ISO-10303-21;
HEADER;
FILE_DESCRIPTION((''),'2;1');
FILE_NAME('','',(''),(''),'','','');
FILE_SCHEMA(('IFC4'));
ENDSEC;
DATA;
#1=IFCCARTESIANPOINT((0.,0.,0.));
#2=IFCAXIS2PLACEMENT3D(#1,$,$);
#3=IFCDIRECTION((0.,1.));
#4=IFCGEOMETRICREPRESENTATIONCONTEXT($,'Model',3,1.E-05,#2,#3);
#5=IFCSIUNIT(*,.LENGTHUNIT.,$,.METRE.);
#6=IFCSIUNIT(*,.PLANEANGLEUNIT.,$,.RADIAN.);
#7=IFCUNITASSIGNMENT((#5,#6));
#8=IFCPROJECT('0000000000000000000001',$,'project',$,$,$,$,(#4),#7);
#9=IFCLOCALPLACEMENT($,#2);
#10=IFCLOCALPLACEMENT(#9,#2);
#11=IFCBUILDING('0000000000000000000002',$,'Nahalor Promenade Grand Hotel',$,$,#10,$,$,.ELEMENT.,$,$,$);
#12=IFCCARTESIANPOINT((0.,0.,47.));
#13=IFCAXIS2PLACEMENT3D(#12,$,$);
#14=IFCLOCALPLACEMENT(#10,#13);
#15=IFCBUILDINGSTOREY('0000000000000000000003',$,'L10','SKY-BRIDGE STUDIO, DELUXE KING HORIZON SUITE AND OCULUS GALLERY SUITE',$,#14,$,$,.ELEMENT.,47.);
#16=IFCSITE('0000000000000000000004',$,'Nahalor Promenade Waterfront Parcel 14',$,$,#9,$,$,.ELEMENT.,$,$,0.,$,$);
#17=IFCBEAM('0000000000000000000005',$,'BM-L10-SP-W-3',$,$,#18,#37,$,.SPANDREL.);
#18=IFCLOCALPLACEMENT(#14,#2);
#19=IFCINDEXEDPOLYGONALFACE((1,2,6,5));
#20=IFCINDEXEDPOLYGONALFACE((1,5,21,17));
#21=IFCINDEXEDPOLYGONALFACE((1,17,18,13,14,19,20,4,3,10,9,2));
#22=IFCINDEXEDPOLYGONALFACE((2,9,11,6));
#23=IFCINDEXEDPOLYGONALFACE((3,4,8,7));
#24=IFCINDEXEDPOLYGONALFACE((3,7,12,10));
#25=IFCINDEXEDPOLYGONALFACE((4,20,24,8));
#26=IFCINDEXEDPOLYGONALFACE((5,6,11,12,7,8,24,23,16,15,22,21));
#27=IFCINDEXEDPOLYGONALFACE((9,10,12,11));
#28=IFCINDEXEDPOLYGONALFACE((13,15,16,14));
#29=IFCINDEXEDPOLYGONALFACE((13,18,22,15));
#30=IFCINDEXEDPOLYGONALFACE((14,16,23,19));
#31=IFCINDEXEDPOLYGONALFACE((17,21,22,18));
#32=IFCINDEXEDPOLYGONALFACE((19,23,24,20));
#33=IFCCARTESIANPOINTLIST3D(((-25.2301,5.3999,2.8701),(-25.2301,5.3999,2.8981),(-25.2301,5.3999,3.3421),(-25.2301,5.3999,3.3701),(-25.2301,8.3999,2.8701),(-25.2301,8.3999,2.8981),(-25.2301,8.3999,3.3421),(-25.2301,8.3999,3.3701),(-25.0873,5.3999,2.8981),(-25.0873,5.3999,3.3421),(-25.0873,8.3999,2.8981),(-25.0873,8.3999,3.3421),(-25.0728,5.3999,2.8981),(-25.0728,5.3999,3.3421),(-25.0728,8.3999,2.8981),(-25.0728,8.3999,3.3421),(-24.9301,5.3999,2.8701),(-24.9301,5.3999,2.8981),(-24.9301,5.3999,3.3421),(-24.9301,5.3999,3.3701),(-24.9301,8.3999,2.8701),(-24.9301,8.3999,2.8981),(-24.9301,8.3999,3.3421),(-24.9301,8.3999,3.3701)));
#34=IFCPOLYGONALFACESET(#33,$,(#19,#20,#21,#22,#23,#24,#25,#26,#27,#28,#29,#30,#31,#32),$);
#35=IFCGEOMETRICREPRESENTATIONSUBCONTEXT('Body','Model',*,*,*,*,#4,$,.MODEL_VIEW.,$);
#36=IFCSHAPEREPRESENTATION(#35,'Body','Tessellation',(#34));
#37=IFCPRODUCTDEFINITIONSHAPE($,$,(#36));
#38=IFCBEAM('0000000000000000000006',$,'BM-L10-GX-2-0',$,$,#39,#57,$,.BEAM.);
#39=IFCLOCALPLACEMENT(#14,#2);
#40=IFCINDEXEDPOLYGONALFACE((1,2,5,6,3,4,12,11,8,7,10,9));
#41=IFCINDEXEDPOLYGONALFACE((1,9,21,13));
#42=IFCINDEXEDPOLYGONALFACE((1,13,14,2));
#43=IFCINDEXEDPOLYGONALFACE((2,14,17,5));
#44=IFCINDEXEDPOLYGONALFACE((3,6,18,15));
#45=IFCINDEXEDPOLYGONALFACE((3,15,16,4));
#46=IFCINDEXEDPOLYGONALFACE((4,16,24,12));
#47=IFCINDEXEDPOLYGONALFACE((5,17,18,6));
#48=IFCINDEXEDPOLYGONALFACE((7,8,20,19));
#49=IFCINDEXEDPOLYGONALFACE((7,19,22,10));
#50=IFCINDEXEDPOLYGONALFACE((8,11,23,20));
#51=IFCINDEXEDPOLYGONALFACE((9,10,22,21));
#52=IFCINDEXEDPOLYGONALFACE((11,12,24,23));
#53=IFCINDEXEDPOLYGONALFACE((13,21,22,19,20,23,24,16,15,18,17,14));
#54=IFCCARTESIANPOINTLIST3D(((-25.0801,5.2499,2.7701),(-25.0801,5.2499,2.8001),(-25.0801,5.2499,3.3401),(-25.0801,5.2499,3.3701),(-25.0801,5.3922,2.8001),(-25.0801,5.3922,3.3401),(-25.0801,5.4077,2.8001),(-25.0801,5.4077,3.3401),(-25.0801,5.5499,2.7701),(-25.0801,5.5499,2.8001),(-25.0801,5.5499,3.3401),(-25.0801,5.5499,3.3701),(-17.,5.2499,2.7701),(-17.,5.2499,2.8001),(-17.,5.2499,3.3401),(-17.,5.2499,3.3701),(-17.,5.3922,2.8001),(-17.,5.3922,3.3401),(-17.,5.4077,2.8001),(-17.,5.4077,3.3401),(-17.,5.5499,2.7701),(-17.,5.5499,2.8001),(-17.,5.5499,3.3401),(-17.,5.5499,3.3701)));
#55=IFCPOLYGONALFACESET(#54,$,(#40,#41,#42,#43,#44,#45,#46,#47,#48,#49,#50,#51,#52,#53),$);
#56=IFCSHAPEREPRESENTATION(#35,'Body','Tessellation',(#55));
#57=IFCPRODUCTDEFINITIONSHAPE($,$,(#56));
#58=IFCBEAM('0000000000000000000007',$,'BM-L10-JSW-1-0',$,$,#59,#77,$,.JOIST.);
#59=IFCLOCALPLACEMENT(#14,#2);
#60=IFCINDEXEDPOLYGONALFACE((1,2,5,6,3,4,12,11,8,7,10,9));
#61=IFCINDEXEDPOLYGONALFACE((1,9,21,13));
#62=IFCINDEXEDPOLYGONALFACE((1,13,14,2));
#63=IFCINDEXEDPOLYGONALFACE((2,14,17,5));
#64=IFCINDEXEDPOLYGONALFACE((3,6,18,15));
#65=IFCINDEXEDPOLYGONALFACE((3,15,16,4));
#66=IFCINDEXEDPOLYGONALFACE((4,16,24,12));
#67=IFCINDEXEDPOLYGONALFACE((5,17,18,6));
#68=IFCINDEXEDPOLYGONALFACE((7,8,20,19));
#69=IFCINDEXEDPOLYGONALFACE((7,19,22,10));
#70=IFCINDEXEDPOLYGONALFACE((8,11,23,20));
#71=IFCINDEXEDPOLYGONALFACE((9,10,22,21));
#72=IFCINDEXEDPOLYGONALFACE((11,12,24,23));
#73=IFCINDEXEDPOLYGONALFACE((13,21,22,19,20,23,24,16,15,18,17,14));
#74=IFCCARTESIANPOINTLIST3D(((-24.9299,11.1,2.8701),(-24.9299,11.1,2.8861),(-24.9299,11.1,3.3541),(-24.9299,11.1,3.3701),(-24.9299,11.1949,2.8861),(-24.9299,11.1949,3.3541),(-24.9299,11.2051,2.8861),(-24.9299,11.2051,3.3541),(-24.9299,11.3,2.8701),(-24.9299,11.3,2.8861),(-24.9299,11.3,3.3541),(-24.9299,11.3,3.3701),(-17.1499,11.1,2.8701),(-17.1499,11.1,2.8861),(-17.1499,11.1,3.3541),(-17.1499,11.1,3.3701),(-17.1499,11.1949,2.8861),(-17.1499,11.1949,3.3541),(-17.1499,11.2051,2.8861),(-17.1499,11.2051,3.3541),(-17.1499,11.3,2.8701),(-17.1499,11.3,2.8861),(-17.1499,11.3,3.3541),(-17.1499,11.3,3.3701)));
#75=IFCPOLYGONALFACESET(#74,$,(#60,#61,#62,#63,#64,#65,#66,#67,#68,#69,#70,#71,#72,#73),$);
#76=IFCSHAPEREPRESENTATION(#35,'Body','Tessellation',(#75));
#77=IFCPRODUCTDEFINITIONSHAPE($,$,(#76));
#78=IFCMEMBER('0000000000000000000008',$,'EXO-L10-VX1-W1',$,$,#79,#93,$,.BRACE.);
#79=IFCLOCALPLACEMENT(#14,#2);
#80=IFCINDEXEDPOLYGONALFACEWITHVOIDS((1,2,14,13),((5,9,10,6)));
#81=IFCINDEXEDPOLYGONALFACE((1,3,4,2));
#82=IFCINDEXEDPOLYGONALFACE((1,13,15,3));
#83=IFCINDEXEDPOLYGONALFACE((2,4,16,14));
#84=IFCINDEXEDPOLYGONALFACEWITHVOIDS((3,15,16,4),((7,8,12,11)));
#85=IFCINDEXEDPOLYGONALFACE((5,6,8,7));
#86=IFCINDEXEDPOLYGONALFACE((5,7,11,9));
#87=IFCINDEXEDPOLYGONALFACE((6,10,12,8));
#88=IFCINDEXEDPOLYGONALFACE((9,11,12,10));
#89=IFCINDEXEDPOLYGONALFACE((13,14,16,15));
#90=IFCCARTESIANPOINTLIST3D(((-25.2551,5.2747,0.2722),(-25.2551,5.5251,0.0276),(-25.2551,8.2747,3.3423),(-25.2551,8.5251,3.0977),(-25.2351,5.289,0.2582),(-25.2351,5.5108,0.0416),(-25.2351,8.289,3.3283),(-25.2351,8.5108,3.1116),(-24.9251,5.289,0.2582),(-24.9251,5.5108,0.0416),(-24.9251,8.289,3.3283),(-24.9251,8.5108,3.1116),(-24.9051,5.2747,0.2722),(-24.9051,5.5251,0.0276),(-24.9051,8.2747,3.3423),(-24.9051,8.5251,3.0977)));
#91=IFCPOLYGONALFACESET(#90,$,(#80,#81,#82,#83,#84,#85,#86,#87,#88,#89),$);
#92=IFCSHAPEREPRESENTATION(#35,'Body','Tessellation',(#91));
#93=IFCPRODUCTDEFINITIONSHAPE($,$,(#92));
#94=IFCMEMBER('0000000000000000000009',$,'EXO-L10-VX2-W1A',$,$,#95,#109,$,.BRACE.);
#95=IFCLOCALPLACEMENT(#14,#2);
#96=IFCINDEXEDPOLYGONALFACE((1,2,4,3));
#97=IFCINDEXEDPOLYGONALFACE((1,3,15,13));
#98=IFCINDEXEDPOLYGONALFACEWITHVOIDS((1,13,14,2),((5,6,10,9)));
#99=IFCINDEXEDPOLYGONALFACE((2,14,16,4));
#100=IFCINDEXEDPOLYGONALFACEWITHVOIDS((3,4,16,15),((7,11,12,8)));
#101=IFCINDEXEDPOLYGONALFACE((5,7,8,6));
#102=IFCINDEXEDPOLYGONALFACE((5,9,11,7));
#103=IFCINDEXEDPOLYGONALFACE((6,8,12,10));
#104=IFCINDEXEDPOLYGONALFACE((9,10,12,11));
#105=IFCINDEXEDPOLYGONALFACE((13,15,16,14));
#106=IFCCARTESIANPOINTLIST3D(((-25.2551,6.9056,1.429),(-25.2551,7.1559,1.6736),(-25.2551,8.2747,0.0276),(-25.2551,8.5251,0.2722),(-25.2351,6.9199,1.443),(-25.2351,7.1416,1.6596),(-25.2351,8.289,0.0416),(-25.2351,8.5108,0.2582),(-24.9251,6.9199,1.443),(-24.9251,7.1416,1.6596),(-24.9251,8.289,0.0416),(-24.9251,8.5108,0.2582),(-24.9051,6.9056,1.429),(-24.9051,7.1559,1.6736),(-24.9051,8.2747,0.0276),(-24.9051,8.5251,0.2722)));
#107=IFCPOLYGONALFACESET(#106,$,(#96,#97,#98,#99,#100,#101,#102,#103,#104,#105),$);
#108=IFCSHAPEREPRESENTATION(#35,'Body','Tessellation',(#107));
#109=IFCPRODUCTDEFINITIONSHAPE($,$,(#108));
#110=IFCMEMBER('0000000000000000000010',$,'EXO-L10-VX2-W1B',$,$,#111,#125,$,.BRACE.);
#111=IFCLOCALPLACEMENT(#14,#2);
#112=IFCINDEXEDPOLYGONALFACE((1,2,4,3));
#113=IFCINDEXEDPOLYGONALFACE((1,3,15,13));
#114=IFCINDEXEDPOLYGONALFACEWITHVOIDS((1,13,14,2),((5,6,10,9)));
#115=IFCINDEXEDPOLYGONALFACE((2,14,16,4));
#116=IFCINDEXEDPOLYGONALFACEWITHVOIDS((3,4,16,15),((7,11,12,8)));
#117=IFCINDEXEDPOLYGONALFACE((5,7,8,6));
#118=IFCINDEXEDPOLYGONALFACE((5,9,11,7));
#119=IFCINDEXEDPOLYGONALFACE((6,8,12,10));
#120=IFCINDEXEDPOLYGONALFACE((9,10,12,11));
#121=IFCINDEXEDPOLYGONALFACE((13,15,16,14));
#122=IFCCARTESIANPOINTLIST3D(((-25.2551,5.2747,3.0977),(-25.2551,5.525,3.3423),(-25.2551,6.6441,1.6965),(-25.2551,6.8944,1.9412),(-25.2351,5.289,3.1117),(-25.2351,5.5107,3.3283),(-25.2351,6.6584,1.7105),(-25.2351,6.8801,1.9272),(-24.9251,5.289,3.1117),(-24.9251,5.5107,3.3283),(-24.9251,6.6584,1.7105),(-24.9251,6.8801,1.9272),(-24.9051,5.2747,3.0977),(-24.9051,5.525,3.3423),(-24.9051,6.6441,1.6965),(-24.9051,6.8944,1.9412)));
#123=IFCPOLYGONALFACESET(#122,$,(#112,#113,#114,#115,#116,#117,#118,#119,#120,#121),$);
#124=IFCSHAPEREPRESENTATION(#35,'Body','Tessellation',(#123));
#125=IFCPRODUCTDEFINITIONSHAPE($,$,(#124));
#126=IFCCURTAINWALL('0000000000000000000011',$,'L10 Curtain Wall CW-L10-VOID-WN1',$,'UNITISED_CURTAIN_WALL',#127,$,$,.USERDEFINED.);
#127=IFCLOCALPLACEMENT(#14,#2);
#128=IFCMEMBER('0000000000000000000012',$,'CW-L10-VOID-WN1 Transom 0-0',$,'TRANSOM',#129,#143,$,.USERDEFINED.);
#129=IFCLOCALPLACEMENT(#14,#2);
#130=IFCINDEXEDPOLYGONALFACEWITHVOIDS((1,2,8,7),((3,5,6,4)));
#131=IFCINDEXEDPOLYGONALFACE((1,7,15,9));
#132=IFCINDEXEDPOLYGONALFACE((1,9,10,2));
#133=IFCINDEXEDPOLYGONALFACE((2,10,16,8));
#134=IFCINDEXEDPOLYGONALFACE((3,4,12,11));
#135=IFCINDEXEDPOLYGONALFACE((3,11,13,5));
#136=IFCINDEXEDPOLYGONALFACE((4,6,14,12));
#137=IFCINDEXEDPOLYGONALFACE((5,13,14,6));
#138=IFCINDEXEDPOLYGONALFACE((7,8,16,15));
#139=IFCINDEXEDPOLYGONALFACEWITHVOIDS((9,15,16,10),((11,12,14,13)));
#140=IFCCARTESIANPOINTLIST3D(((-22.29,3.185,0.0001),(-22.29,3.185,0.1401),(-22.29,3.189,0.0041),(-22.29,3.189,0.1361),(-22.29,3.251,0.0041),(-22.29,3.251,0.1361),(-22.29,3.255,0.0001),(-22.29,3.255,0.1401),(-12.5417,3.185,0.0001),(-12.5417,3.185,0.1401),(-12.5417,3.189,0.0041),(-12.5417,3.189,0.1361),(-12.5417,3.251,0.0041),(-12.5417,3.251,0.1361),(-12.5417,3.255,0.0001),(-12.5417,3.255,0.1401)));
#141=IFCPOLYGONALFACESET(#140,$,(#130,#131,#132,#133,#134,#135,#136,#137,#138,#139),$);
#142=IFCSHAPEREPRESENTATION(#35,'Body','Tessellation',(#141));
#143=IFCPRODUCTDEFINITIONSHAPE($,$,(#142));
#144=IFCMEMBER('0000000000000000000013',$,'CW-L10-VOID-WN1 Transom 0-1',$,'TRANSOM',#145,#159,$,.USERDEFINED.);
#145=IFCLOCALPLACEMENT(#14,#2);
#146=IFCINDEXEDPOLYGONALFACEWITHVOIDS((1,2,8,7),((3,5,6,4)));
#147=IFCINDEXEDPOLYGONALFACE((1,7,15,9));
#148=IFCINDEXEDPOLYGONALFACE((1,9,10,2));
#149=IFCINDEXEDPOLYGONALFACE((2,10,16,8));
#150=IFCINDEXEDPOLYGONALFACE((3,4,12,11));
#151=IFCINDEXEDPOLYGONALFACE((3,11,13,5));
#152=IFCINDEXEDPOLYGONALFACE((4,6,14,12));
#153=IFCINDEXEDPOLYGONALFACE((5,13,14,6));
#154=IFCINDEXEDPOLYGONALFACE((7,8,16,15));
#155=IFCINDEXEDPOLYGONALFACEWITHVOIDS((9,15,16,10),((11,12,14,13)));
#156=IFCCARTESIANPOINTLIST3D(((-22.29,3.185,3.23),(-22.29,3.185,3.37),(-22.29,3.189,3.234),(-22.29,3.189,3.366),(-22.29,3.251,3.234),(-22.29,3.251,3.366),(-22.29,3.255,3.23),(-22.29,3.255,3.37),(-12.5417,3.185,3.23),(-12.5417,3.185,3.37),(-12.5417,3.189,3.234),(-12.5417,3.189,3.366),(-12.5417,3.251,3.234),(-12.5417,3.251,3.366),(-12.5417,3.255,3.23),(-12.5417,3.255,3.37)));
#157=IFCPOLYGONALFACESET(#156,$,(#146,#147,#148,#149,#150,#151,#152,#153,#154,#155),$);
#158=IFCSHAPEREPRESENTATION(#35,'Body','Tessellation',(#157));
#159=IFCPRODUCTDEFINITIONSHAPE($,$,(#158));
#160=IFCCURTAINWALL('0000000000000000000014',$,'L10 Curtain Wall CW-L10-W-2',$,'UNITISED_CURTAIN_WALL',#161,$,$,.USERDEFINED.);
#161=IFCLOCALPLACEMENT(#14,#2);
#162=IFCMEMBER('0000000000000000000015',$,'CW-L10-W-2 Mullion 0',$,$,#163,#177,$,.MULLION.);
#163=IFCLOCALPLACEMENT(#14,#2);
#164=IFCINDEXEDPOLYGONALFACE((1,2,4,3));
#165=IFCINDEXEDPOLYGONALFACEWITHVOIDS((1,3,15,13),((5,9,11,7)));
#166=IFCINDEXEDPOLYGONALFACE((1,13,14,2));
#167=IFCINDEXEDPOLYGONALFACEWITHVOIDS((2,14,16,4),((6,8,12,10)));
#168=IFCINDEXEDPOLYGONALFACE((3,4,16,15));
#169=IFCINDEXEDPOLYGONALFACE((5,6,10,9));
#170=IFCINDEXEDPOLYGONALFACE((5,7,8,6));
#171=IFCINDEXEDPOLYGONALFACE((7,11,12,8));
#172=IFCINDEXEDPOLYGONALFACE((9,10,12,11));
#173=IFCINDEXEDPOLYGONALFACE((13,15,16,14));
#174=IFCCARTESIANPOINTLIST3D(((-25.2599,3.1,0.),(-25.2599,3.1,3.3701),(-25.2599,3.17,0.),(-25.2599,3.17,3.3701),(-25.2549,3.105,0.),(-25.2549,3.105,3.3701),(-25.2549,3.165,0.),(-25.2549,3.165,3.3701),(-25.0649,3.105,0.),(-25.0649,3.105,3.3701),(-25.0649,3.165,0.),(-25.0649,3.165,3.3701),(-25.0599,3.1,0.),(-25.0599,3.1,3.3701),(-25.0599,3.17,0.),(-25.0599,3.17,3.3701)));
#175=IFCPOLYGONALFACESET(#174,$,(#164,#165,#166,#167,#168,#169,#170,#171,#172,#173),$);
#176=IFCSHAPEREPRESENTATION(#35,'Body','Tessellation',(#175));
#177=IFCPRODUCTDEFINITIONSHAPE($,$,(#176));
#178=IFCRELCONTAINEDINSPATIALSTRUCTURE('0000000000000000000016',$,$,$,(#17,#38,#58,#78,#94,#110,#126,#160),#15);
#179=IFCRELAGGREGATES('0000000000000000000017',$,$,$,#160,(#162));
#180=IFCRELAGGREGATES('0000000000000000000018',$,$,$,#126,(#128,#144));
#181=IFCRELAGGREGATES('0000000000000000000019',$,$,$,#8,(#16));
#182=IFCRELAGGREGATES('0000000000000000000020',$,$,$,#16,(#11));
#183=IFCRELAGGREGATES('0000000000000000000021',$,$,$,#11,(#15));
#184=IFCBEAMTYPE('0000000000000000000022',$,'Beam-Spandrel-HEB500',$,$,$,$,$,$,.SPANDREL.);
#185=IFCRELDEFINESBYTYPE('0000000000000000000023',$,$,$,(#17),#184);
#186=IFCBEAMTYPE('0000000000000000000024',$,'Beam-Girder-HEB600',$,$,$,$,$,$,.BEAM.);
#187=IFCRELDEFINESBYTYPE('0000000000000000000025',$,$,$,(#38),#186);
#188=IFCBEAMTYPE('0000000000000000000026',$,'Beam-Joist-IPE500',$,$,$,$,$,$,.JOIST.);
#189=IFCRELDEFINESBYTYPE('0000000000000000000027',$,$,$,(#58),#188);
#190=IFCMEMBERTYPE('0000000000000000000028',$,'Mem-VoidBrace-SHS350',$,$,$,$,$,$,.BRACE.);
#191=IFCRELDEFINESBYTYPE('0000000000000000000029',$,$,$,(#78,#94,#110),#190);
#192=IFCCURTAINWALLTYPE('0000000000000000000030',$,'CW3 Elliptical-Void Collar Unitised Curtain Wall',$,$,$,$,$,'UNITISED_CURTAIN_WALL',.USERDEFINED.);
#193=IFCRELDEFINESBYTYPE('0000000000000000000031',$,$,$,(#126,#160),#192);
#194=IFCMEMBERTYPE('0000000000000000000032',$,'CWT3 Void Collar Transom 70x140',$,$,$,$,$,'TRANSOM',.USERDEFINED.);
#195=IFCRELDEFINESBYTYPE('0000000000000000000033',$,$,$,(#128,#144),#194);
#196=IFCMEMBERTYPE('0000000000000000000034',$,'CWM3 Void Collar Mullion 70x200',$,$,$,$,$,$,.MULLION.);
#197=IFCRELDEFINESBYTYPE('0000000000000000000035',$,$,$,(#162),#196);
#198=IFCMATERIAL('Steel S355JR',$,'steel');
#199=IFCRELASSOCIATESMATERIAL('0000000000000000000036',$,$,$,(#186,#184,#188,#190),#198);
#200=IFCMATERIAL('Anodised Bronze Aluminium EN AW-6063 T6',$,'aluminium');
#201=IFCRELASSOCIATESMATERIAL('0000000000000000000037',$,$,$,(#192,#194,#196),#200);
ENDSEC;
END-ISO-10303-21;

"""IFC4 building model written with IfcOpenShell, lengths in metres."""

from ifc_helpers import new_model, si_unit, direction, frame, origin, origin_2d, place, context, subcontext, project, spatial, hollow_rectangle, i_section, extrude, source, transform, mapped, material, material_profile, profile_set, type_object, element, aggregate, save


model = new_model("IFC4")

# Units and contexts
model_context = context("Model", 3, precision=1e-05, world=origin(), true_north=direction((0.0, 1.0)))
body_context = subcontext(model_context, "Body", "Model", "MODEL_VIEW")
ifc_project = project(units=[si_unit("LENGTHUNIT", "METRE"), si_unit("PLANEANGLEUNIT", "RADIAN")], contexts=[model_context])

# Site, building, storey
site_placement = place(None, origin())
site = spatial("IfcSite", under=ifc_project, at=site_placement, Name="Nahalor Promenade Waterfront Parcel 14", CompositionType="ELEMENT", RefElevation=0.0)
building_placement = place(site_placement, origin())
building = spatial("IfcBuilding", under=site, at=building_placement, Name="Nahalor Promenade Grand Hotel", CompositionType="ELEMENT")
storey_placement = place(building_placement, frame((0.0, 0.0, 47.0)))
storey = spatial("IfcBuildingStorey", under=building, at=storey_placement, Name="L10", Description="SKY-BRIDGE STUDIO, DELUXE KING HORIZON SUITE AND OCULUS GALLERY SUITE", CompositionType="ELEMENT", Elevation=47.0)

# Beams
ifc_material_1 = material(Name="Steel S355JR", Category="steel")
ifc_material_profile_1 = material_profile(ifc_material_1, i_section(OverallWidth=0.3, OverallDepth=0.6, WebThickness=0.0155, FlangeThickness=0.03, at=origin_2d()), Name="HEB 600")
ifc_profile_set_1 = profile_set([ifc_material_profile_1], Name="Steel S355JR")
beam_type_1 = type_object("IfcBeamType", Name="Beam-Girder-HEB600", PredefinedType="BEAM", material=ifc_profile_set_1)
ifc_material_profile_2 = material_profile(ifc_material_1, i_section(OverallWidth=0.3, OverallDepth=0.5, WebThickness=0.0145, FlangeThickness=0.028, at=origin_2d()), Name="HEB 500")
ifc_profile_set_2 = profile_set([ifc_material_profile_2], Name="Steel S355JR")
beam_type_2 = type_object("IfcBeamType", Name="Beam-Spandrel-HEB500", PredefinedType="SPANDREL", material=ifc_profile_set_2)
shared_shape_1 = source(origin(), body_context, "Body", "SweptSolid", [
    extrude(i_section(OverallWidth=0.3, OverallDepth=0.5, WebThickness=0.0145, FlangeThickness=0.028, at=origin_2d()), origin(), (0.0, 0.0, 1.0), 3.0),
])
beam_1_placement = place(storey_placement, frame((-25.0801, 5.3999, 3.1201), z_axis=(0.0, 1.0, 0.0), x_axis=(-1.0, 0.0, 0.0)))
element("IfcBeam", 1, at=beam_1_placement, inside=storey, type_object=beam_type_2, Name="BM-L10-SP-W-3", PredefinedType="SPANDREL", context=body_context, shape_type="MappedRepresentation", body=[
    mapped(shared_shape_1, transform((0.0, 0.0, 0.0), scale=1.0)),
])
shared_shape_2 = source(origin(), body_context, "Body", "SweptSolid", [
    extrude(i_section(OverallWidth=0.3, OverallDepth=0.6, WebThickness=0.0155, FlangeThickness=0.03, at=origin_2d()), origin(), (0.0, 0.0, 1.0), 8.0801),
])
beam_2_placement = place(storey_placement, frame((-25.0801, 5.3999, 3.0701), z_axis=(1.0, 0.0, 0.0), x_axis=(0.0, 1.0, 0.0)))
element("IfcBeam", 2, at=beam_2_placement, inside=storey, type_object=beam_type_1, Name="BM-L10-GX-2-0", PredefinedType="BEAM", context=body_context, shape_type="MappedRepresentation", body=[
    mapped(shared_shape_2, transform((0.0, 0.0, 0.0), scale=1.0)),
])
ifc_material_profile_3 = material_profile(ifc_material_1, i_section(OverallWidth=0.2, OverallDepth=0.5, WebThickness=0.0102, FlangeThickness=0.016, at=origin_2d()), Name="IPE 500")
ifc_profile_set_3 = profile_set([ifc_material_profile_3], Name="Steel S355JR")
beam_type_3 = type_object("IfcBeamType", Name="Beam-Joist-IPE500", PredefinedType="JOIST", material=ifc_profile_set_3)
shared_shape_3 = source(origin(), body_context, "Body", "SweptSolid", [
    extrude(i_section(OverallWidth=0.2, OverallDepth=0.5, WebThickness=0.0102, FlangeThickness=0.016, at=origin_2d()), origin(), (0.0, 0.0, 1.0), 7.78),
])
beam_3_placement = place(storey_placement, frame((-24.9299, 11.2, 3.1201), z_axis=(1.0, 0.0, 0.0), x_axis=(0.0, 1.0, 0.0)))
element("IfcBeam", 3, at=beam_3_placement, inside=storey, type_object=beam_type_3, Name="BM-L10-JSW-1-0", PredefinedType="JOIST", context=body_context, shape_type="MappedRepresentation", body=[
    mapped(shared_shape_3, transform((0.0, 0.0, 0.0), scale=1.0)),
])

# Members
ifc_material_profile_4 = material_profile(ifc_material_1, hollow_rectangle(XDim=0.35, YDim=0.35, WallThickness=0.02, at=origin_2d()), Name="SHS 350x350x20")
ifc_profile_set_4 = profile_set([ifc_material_profile_4], Name="Steel S355JR")
member_type_1 = type_object("IfcMemberType", Name="Mem-VoidBrace-SHS350", PredefinedType="BRACE", material=ifc_profile_set_4)
shared_shape_4 = source(origin(), body_context, "Body", "SweptSolid", [
    extrude(hollow_rectangle(XDim=0.35, YDim=0.35, WallThickness=0.02, at=origin_2d()), origin(), (0.0, 0.0, 1.0), 4.2925),
])
member_1_placement = place(storey_placement, frame((-25.0801, 5.3999, 0.1499), z_axis=(0.0, 0.698898, 0.715221), x_axis=(-1.0, 0.0, 0.0)))
element("IfcMember", 4, at=member_1_placement, inside=storey, type_object=member_type_1, Name="EXO-L10-VX1-W1", PredefinedType="BRACE", context=body_context, shape_type="MappedRepresentation", body=[
    mapped(shared_shape_4, transform((0.0, 0.0, 0.0), scale=1.0)),
])
shared_shape_5 = source(origin(), body_context, "Body", "SweptSolid", [
    extrude(hollow_rectangle(XDim=0.35, YDim=0.35, WallThickness=0.02, at=origin_2d()), origin(), (0.0, 0.0, 1.0), 1.9592),
])
for number, where, z_axis, x_axis, name in (
    (5, (-25.0801, 8.3999, 0.1499), (0.0, -0.698834, 0.715283), (1.0, 0.0, 0.0), "EXO-L10-VX2-W1A"),
    (6, (-25.0801, 6.7693, 1.8188), (0.0, -0.69896, 0.71516), (1.0, 0.0, 0.0), "EXO-L10-VX2-W1B"),
):
    element("IfcMember", number, at=place(storey_placement, frame(where, z_axis=z_axis, x_axis=x_axis)), inside=storey, type_object=member_type_1, Name=name, PredefinedType="BRACE", context=body_context, shape_type="MappedRepresentation", body=[
        mapped(shared_shape_5, transform((0.0, 0.0, 0.0), scale=1.0)),
    ])

# Curtain walls, members
ifc_material_2 = material(Name="Anodised Bronze Aluminium EN AW-6063 T6", Category="aluminium")
curtain_wall_type = type_object("IfcCurtainWallType", Name="CW3 Elliptical-Void Collar Unitised Curtain Wall", ElementType="UNITISED_CURTAIN_WALL", PredefinedType="USERDEFINED", material=ifc_material_2)
curtain_wall_1_placement = place(storey_placement, origin())
curtain_wall_1 = element("IfcCurtainWall", 7, at=curtain_wall_1_placement, inside=storey, type_object=curtain_wall_type, Name="L10 Curtain Wall CW-L10-VOID-WN1", ObjectType="UNITISED_CURTAIN_WALL", PredefinedType="USERDEFINED")
ifc_material_profile_5 = material_profile(ifc_material_2, hollow_rectangle(XDim=0.07, YDim=0.14, WallThickness=0.004, at=origin_2d()), Name="CWT 70x140x4")
ifc_profile_set_5 = profile_set([ifc_material_profile_5], Name="Anodised Bronze Aluminium EN AW-6063 T6")
member_type_2 = type_object("IfcMemberType", Name="CWT3 Void Collar Transom 70x140", ElementType="TRANSOM", PredefinedType="USERDEFINED", material=ifc_profile_set_5)
shared_shape_6 = source(origin(), body_context, "Body", "SweptSolid", [
    extrude(hollow_rectangle(XDim=0.07, YDim=0.14, WallThickness=0.004, at=origin_2d()), origin(), (0.0, 0.0, 1.0), 9.7483),
])
member_2_placement = place(storey_placement, frame((-22.29, 3.22, 0.0701), z_axis=(1.0, 0.0, 0.0), x_axis=(0.0, 1.0, 0.0)))
member_2 = element("IfcMember", 8, at=member_2_placement, type_object=member_type_2, Name="CW-L10-VOID-WN1 Transom 0-0", ObjectType="TRANSOM", PredefinedType="USERDEFINED", context=body_context, shape_type="MappedRepresentation", body=[
    mapped(shared_shape_6, transform((0.0, 0.0, 0.0), scale=1.0)),
])
member_3_placement = place(storey_placement, frame((-22.29, 3.22, 3.3), z_axis=(1.0, 0.0, 0.0), x_axis=(0.0, 1.0, 0.0)))
member_3 = element("IfcMember", 9, at=member_3_placement, type_object=member_type_2, Name="CW-L10-VOID-WN1 Transom 0-1", ObjectType="TRANSOM", PredefinedType="USERDEFINED", context=body_context, shape_type="MappedRepresentation", body=[
    mapped(shared_shape_6, transform((0.0, 0.0, 0.0), scale=1.0)),
])
curtain_wall_2_placement = place(storey_placement, origin())
curtain_wall_2 = element("IfcCurtainWall", 10, at=curtain_wall_2_placement, inside=storey, type_object=curtain_wall_type, Name="L10 Curtain Wall CW-L10-W-2", ObjectType="UNITISED_CURTAIN_WALL", PredefinedType="USERDEFINED")
ifc_material_profile_6 = material_profile(ifc_material_2, hollow_rectangle(XDim=0.07, YDim=0.2, WallThickness=0.005, at=origin_2d()), Name="CWM 70x200x5")
ifc_profile_set_6 = profile_set([ifc_material_profile_6], Name="Anodised Bronze Aluminium EN AW-6063 T6")
member_type_3 = type_object("IfcMemberType", Name="CWM3 Void Collar Mullion 70x200", PredefinedType="MULLION", material=ifc_profile_set_6)
shared_shape_7 = source(origin(), body_context, "Body", "SweptSolid", [
    extrude(hollow_rectangle(XDim=0.07, YDim=0.2, WallThickness=0.005, at=origin_2d()), origin(), (0.0, 0.0, 1.0), 3.3701),
])
member_4_placement = place(storey_placement, frame((-25.1599, 3.135, 0.0), z_axis=(0.0, 0.0, 1.0), x_axis=(0.0, 1.0, 0.0)))
member_4 = element("IfcMember", 11, at=member_4_placement, type_object=member_type_3, Name="CW-L10-W-2 Mullion 0", PredefinedType="MULLION", context=body_context, shape_type="MappedRepresentation", body=[
    mapped(shared_shape_7, transform((0.0, 0.0, 0.0), scale=1.0)),
])

aggregate(curtain_wall_2, [member_4])
aggregate(curtain_wall_1, [member_2, member_3])

save(model, "model.ifc")
